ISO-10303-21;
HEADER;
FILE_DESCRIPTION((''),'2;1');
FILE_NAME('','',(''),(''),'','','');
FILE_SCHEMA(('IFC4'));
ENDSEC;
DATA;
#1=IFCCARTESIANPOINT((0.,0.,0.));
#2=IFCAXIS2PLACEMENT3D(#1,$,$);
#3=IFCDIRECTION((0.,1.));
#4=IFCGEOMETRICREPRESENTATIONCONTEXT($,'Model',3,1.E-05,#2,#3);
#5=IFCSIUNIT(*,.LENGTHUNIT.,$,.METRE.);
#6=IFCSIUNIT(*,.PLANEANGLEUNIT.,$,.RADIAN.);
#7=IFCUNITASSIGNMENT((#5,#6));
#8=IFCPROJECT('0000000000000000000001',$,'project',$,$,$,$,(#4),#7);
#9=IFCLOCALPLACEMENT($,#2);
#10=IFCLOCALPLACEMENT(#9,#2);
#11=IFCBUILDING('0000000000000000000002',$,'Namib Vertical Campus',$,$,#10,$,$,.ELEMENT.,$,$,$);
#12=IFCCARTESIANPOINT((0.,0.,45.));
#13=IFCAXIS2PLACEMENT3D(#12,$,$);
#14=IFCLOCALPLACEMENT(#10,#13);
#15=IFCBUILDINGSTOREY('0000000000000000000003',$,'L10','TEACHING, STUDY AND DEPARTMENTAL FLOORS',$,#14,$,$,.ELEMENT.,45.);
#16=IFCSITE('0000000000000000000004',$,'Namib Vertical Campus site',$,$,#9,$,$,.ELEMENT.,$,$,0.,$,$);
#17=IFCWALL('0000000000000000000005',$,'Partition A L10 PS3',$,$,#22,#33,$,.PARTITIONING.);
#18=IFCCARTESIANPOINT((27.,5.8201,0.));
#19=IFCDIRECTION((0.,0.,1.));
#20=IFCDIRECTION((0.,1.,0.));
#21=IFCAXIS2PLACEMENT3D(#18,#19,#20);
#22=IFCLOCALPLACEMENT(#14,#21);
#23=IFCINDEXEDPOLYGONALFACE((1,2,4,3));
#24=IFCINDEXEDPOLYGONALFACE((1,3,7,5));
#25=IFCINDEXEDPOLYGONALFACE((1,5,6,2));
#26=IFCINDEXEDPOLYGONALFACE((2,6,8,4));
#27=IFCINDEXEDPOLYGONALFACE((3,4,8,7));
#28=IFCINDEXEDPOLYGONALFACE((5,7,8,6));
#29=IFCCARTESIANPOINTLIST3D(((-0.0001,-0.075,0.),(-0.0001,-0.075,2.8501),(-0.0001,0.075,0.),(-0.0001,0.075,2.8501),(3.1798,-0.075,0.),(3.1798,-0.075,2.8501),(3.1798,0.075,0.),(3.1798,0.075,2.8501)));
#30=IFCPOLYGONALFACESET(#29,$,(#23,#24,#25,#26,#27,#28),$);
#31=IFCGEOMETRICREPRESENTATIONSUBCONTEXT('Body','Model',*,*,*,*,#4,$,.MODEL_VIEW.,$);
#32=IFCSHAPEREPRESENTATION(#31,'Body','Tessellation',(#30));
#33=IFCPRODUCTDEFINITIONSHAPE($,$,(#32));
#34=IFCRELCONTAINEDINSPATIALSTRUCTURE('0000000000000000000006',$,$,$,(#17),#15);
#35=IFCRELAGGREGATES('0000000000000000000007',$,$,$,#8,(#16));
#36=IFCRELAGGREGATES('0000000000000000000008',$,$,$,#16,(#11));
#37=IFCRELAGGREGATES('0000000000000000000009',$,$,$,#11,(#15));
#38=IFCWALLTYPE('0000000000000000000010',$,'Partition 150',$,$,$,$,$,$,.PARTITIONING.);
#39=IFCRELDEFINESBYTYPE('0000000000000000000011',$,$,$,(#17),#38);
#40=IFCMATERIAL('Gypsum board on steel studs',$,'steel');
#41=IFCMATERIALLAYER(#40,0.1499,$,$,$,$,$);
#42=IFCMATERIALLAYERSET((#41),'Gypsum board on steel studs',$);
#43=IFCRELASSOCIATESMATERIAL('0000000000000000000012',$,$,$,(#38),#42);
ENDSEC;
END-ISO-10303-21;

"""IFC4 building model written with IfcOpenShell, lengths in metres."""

from ifc_helpers import new_model, si_unit, direction, frame, frame_2d, origin, place, context, subcontext, project, spatial, rectangle, extrude, material, layer, layer_set, type_object, element, save


model = new_model("IFC4")

# Units and contexts
model_context = context("Model", 3, precision=1e-05, world=origin(), true_north=direction((0.0, 1.0)))
body_context = subcontext(model_context, "Body", "Model", "MODEL_VIEW")
ifc_project = project(units=[si_unit("LENGTHUNIT", "METRE"), si_unit("PLANEANGLEUNIT", "RADIAN")], contexts=[model_context])

# Site, building, storey
site_placement = place(None, origin())
site = spatial("IfcSite", under=ifc_project, at=site_placement, Name="Namib Vertical Campus site", CompositionType="ELEMENT", RefElevation=0.0)
building_placement = place(site_placement, origin())
building = spatial("IfcBuilding", under=site, at=building_placement, Name="Namib Vertical Campus", CompositionType="ELEMENT")
storey_placement = place(building_placement, frame((0.0, 0.0, 45.0)))
storey = spatial("IfcBuildingStorey", under=building, at=storey_placement, Name="L10", Description="TEACHING, STUDY AND DEPARTMENTAL FLOORS", CompositionType="ELEMENT", Elevation=45.0)

# Wall
ifc_material_1 = material(Name="Gypsum board on steel studs", Category="steel")
ifc_layer_1 = layer(ifc_material_1, 0.1499)
ifc_layer_set_1 = layer_set([ifc_layer_1], Name="Gypsum board on steel studs")
wall_type_1 = type_object("IfcWallType", Name="Partition 150", PredefinedType="PARTITIONING", material=ifc_layer_set_1)
wall_1_placement = place(storey_placement, frame((27.0, 5.8201, 0.0), z_axis=(0.0, 0.0, 1.0), x_axis=(0.0, 1.0, 0.0)))
element("IfcWall", 1, at=wall_1_placement, inside=storey, type_object=wall_type_1, Name="Partition A L10 PS3", PredefinedType="PARTITIONING", context=body_context, shape_type="SweptSolid", body=[
    extrude(rectangle(XDim=3.1799, YDim=0.1499, at=frame_2d((1.5898, 0.0))), origin(), (0.0, 0.0, 1.0), 2.8501),
])

save(model, "model.ifc")
